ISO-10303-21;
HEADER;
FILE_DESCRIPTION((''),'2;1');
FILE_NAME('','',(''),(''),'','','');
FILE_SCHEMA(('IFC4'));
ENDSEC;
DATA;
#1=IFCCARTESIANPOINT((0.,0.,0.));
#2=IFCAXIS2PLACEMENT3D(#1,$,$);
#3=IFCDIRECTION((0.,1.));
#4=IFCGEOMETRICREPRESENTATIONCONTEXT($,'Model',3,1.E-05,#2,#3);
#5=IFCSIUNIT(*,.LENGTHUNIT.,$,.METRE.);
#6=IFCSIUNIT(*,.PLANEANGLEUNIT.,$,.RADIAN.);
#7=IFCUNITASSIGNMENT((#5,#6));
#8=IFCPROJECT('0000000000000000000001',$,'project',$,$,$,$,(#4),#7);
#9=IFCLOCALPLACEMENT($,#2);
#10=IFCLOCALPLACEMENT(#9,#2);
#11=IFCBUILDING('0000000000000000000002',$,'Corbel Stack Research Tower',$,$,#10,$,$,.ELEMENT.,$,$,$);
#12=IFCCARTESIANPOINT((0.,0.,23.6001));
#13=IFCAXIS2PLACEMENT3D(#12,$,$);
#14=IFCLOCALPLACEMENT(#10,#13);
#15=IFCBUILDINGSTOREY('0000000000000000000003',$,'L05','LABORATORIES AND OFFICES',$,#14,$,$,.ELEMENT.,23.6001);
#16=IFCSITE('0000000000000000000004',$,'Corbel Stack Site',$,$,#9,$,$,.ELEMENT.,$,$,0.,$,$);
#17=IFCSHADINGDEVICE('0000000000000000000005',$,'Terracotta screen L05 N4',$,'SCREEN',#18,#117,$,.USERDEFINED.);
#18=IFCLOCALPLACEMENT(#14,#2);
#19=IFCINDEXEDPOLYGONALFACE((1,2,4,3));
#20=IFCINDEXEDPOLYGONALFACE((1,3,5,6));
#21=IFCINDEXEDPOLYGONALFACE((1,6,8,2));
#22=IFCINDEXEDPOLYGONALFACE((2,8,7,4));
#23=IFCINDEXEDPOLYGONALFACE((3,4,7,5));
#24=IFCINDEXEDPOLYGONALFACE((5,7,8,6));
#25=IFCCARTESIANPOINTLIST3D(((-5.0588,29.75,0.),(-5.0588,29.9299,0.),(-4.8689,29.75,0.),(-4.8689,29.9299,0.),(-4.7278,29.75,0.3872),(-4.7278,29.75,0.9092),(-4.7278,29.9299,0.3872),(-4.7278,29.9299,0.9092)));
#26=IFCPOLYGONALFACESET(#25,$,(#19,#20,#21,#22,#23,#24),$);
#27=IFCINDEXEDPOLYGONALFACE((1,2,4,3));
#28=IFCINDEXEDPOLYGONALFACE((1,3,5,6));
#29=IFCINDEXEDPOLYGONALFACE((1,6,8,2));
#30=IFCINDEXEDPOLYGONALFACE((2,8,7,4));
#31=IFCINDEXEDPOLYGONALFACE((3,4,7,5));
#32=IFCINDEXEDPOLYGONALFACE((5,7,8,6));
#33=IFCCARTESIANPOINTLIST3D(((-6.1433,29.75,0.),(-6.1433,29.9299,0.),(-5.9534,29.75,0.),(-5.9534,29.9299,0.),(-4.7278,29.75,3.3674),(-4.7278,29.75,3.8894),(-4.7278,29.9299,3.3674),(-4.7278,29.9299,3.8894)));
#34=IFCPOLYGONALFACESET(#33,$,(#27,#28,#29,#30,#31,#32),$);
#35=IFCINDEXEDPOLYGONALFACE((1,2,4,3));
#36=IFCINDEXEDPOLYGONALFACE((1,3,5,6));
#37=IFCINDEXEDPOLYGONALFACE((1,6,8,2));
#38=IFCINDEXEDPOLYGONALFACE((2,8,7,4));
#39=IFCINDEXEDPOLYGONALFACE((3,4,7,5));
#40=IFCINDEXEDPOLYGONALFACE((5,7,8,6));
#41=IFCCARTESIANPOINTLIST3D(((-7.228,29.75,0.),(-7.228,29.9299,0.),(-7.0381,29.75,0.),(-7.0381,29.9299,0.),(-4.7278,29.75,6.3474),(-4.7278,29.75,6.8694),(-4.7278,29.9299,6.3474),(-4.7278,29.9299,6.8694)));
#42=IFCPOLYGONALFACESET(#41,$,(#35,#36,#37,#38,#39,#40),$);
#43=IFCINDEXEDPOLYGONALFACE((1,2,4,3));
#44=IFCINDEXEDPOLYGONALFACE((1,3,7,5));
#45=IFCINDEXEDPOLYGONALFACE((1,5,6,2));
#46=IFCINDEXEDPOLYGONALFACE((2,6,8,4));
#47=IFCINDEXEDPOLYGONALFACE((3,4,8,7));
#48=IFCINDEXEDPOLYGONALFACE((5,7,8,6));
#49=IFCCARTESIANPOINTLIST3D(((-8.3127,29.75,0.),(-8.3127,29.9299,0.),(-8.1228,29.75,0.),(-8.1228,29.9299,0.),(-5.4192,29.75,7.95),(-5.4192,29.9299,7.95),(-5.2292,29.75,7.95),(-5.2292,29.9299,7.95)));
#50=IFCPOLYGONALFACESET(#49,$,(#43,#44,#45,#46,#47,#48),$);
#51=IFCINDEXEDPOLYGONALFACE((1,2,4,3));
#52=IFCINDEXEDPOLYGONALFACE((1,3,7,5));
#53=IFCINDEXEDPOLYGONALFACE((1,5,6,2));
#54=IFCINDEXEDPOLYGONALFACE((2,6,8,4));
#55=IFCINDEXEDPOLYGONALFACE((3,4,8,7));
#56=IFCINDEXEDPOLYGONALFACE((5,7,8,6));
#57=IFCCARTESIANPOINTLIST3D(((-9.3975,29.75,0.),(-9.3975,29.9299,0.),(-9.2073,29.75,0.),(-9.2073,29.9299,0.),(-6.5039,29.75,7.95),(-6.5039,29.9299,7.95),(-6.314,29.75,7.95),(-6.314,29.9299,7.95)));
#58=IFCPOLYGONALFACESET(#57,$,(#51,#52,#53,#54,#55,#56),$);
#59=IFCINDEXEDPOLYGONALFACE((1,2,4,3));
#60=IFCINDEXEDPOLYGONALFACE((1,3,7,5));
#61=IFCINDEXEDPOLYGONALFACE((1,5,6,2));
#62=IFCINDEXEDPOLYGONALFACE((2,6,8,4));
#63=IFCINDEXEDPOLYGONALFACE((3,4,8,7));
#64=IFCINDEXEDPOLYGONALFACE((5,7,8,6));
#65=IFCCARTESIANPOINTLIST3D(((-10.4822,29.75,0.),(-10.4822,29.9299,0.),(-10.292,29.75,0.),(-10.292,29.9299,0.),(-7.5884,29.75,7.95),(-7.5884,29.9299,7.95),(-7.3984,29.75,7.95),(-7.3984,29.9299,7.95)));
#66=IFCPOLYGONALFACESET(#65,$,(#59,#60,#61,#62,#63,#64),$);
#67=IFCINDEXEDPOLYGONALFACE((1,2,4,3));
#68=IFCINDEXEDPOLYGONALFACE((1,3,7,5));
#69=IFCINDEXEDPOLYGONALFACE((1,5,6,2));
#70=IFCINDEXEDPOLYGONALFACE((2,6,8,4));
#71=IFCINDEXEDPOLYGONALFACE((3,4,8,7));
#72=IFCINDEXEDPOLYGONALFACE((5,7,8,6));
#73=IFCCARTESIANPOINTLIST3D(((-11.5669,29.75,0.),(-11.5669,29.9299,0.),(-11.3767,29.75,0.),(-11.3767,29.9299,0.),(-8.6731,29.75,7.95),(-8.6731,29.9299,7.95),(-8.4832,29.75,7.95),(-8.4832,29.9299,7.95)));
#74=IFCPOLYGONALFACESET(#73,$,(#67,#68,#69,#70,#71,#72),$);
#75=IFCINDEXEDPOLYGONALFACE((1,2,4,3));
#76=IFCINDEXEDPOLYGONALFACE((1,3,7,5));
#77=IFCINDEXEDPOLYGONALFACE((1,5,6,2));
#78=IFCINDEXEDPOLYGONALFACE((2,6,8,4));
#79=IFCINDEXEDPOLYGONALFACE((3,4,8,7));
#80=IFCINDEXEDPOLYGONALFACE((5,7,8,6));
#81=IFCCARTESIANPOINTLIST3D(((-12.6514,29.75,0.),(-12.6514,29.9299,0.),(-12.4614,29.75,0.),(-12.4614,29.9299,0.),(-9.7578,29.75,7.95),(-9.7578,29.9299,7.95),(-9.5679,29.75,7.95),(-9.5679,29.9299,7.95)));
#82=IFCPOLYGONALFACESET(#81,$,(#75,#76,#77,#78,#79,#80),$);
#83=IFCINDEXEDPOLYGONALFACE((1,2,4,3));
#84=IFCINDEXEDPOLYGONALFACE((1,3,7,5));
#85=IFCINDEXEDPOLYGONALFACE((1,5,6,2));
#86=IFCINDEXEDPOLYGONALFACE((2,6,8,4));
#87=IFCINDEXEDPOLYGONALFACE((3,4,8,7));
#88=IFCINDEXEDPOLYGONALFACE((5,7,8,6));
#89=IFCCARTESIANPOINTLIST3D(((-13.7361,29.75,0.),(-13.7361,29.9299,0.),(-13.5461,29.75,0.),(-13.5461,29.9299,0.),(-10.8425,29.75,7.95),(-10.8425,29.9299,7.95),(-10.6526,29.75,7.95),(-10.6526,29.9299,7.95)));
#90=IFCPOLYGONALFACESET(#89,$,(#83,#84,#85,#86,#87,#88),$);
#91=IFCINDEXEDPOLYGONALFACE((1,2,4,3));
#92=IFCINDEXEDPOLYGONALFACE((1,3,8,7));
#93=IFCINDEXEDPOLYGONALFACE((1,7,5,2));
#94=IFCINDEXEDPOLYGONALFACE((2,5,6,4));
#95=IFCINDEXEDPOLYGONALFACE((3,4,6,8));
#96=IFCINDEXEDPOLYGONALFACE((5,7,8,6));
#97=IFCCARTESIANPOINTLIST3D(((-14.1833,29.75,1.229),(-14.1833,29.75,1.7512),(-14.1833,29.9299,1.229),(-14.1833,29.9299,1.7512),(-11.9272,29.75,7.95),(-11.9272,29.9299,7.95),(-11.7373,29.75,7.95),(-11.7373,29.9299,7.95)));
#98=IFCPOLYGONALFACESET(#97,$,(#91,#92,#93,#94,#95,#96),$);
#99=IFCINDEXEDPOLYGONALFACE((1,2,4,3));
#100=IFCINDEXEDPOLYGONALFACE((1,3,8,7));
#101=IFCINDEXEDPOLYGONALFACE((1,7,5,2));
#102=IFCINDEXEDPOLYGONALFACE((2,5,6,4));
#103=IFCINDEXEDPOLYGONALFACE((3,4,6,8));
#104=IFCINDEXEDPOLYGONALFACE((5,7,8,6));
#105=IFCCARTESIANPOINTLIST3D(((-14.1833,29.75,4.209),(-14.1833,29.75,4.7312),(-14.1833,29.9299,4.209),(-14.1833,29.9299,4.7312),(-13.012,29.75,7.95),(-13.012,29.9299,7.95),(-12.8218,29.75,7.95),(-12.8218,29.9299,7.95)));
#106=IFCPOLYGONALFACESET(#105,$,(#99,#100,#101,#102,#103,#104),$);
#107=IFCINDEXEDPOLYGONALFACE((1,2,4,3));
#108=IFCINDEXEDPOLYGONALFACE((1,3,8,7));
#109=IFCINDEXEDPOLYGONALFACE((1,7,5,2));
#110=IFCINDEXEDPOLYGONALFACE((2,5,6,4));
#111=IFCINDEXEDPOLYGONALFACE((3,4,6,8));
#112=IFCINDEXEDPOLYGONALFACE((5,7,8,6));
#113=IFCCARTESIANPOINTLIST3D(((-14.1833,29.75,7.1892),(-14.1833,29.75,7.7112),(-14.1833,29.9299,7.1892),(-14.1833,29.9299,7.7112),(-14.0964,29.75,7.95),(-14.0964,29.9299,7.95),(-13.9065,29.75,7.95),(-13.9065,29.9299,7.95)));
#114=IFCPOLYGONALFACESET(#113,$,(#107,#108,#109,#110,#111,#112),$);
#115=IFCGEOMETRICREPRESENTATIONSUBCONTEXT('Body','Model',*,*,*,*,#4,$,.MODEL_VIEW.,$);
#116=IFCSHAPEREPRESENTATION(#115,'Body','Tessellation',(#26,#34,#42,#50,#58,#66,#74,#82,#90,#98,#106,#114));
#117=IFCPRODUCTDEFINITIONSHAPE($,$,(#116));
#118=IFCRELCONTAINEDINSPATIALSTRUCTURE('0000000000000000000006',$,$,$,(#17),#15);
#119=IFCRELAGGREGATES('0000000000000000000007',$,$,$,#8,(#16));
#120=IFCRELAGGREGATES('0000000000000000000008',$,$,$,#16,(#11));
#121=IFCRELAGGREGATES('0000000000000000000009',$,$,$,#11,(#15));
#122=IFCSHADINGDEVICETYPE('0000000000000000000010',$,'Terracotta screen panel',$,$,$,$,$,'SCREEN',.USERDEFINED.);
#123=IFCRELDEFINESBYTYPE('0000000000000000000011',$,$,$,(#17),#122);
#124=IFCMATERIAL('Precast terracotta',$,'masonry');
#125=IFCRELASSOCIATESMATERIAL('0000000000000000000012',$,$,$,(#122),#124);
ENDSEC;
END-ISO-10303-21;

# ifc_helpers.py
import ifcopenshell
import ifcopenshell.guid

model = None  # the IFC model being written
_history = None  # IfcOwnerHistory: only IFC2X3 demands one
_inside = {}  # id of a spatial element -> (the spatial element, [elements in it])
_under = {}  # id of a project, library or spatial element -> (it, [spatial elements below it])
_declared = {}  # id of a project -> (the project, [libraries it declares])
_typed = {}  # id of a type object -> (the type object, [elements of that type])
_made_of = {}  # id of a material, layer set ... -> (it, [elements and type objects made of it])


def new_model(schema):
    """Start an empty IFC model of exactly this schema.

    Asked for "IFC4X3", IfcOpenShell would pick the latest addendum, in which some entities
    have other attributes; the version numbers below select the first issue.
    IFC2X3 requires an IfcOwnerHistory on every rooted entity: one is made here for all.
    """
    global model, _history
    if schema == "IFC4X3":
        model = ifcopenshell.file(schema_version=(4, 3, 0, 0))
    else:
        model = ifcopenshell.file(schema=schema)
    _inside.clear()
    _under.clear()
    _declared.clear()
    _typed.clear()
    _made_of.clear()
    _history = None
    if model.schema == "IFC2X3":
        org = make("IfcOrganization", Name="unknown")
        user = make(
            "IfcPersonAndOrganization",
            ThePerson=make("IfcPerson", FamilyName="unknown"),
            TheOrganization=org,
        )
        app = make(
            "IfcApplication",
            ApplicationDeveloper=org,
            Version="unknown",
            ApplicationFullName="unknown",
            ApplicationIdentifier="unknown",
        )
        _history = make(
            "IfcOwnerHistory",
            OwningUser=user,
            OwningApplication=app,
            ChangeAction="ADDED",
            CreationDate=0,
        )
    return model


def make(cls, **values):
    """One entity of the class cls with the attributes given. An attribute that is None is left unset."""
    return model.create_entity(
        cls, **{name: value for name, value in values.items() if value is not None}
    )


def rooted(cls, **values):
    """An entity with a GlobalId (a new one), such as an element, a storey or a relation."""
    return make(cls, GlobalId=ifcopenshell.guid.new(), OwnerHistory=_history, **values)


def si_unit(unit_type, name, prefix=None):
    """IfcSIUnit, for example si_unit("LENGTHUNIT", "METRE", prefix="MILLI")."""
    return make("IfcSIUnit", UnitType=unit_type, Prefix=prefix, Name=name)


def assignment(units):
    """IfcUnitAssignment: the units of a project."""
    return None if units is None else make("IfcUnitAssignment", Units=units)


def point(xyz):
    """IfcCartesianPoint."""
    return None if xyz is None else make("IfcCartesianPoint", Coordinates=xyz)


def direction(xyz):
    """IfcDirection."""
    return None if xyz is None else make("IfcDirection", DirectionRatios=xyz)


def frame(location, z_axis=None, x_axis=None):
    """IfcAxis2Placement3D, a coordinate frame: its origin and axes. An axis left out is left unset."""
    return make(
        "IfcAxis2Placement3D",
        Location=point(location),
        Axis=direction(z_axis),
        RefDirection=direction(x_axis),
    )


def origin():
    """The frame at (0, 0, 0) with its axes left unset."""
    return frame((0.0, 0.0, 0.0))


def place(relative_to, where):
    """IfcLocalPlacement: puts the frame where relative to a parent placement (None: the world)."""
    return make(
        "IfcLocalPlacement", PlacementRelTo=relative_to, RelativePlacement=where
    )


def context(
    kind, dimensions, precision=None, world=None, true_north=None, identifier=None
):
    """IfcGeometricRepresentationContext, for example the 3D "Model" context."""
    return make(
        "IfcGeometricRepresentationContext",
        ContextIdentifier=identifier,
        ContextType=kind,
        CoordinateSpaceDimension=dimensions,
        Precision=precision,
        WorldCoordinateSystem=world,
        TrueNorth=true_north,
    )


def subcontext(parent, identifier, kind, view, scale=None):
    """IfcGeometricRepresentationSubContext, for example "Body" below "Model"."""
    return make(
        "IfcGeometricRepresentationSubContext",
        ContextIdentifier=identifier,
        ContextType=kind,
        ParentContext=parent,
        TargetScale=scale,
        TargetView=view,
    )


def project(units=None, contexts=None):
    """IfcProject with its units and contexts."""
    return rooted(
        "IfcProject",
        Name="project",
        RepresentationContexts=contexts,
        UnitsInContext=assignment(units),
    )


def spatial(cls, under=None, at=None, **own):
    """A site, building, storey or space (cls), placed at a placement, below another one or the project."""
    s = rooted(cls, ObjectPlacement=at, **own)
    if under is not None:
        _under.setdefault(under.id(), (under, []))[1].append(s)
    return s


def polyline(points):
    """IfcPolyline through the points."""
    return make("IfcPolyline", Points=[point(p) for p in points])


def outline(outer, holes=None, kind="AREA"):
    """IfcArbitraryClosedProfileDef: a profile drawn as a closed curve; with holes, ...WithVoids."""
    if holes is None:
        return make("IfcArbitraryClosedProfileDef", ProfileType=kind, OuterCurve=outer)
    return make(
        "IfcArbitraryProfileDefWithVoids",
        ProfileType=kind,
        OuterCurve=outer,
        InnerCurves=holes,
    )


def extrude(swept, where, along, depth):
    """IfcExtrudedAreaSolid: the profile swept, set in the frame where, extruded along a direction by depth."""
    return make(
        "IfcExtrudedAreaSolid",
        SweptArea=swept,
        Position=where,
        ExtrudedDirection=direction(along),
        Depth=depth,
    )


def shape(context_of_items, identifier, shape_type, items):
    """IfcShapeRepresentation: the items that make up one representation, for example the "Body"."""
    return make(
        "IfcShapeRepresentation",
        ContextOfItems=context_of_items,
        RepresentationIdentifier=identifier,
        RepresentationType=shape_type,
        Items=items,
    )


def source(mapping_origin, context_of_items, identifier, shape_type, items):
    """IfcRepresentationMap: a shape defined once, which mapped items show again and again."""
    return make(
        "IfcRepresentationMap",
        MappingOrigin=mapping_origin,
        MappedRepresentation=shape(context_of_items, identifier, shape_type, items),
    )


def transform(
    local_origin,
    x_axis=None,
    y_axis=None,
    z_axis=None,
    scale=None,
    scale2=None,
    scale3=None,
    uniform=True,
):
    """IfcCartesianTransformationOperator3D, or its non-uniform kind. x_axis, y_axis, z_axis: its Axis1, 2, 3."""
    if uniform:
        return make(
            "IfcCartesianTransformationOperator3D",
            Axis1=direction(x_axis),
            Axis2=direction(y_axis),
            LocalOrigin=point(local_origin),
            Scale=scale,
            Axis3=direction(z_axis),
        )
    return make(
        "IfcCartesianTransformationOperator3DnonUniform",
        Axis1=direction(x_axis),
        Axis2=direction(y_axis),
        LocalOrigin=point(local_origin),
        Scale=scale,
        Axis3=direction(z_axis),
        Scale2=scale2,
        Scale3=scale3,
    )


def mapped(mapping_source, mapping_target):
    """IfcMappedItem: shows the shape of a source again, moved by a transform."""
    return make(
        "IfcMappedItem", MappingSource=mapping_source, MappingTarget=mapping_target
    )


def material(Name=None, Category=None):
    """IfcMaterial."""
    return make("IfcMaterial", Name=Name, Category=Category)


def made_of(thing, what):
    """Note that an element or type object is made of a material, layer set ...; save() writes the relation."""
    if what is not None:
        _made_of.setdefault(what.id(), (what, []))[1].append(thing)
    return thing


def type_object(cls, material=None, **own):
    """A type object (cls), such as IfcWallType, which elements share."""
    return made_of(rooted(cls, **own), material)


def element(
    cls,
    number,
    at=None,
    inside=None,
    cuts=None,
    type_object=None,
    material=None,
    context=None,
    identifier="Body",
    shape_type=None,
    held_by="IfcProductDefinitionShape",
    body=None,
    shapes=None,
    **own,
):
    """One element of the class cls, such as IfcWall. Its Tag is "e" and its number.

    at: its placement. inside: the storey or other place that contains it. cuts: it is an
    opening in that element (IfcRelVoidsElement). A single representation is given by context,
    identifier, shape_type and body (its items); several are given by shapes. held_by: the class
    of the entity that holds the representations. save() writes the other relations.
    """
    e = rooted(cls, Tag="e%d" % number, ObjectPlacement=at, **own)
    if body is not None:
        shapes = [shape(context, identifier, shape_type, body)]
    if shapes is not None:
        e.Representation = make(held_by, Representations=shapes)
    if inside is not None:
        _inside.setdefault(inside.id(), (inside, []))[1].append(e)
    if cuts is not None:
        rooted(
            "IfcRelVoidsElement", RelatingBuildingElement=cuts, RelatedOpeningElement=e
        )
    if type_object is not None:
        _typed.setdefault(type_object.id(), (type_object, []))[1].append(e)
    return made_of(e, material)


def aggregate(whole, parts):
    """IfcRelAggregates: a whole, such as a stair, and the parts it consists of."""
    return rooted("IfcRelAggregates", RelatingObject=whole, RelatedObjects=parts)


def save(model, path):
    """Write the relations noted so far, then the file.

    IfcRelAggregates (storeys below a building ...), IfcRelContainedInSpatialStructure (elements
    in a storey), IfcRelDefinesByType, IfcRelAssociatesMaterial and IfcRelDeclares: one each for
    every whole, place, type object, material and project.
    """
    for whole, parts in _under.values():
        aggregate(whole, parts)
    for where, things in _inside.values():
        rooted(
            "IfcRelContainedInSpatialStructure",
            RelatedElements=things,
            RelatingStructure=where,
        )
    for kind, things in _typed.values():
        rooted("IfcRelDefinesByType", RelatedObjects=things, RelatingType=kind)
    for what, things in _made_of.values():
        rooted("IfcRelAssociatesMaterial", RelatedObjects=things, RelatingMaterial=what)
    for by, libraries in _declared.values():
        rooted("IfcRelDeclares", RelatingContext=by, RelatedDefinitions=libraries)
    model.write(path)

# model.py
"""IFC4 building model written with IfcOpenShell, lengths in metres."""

from ifc_helpers import new_model, si_unit, direction, frame, origin, place, context, subcontext, project, spatial, polyline, outline, extrude, source, transform, mapped, material, type_object, element, save


model = new_model("IFC4")

# Units and contexts
model_context = context("Model", 3, precision=1e-05, world=origin(), true_north=direction((0.0, 1.0)))
body_context = subcontext(model_context, "Body", "Model", "MODEL_VIEW")
ifc_project = project(units=[si_unit("LENGTHUNIT", "METRE"), si_unit("PLANEANGLEUNIT", "RADIAN")], contexts=[model_context])

# Site, building, storey
site_placement = place(None, origin())
site = spatial("IfcSite", under=ifc_project, at=site_placement, Name="Corbel Stack Site", CompositionType="ELEMENT", RefElevation=0.0)
building_placement = place(site_placement, origin())
building = spatial("IfcBuilding", under=site, at=building_placement, Name="Corbel Stack Research Tower", CompositionType="ELEMENT")
storey_placement = place(building_placement, frame((0.0, 0.0, 23.6001)))
storey = spatial("IfcBuildingStorey", under=building, at=storey_placement, Name="L05", Description="LABORATORIES AND OFFICES", CompositionType="ELEMENT", Elevation=23.6001)

# Shading device
ifc_material_1 = material(Name="Precast terracotta", Category="masonry")
shading_device_type = type_object("IfcShadingDeviceType", Name="Terracotta screen panel", ElementType="SCREEN", PredefinedType="USERDEFINED", material=ifc_material_1)
shared_shape = source(origin(), body_context, "Body", "SweptSolid", [
    extrude(outline(polyline([(0.3311, 0.0), (0.0, 0.9092), (0.0, 0.3872), (0.1411, 0.0), (0.3311, 0.0)])), frame((0.0, 0.0, 0.0), z_axis=(0.0, -1.0, 0.0), x_axis=(1.0, 0.0, 0.0)), (0.0, 0.0, 1.0), 0.1799),
    extrude(outline(polyline([(1.4155, 0.0), (0.0, 3.8894), (0.0, 3.3674), (1.2256, 0.0), (1.4155, 0.0)])), frame((0.0, 0.0, 0.0), z_axis=(0.0, -1.0, 0.0), x_axis=(1.0, 0.0, 0.0)), (0.0, 0.0, 1.0), 0.1799),
    extrude(outline(polyline([(2.5002, 0.0), (0.0, 6.8694), (0.0, 6.3474), (2.3103, 0.0), (2.5002, 0.0)])), frame((0.0, 0.0, 0.0), z_axis=(0.0, -1.0, 0.0), x_axis=(1.0, 0.0, 0.0)), (0.0, 0.0, 1.0), 0.1799),
    extrude(outline(polyline([(3.585, 0.0), (0.6914, 7.95), (0.5015, 7.95), (3.395, 0.0), (3.585, 0.0)])), frame((0.0, 0.0, 0.0), z_axis=(0.0, -1.0, 0.0), x_axis=(1.0, 0.0, 0.0)), (0.0, 0.0, 1.0), 0.1799),
    extrude(outline(polyline([(4.6697, 0.0), (1.7761, 7.95), (1.5862, 7.95), (4.4795, 0.0), (4.6697, 0.0)])), frame((0.0, 0.0, 0.0), z_axis=(0.0, -1.0, 0.0), x_axis=(1.0, 0.0, 0.0)), (0.0, 0.0, 1.0), 0.1799),
    extrude(outline(polyline([(5.7544, 0.0), (2.8606, 7.95), (2.6707, 7.95), (5.5642, 0.0), (5.7544, 0.0)])), frame((0.0, 0.0, 0.0), z_axis=(0.0, -1.0, 0.0), x_axis=(1.0, 0.0, 0.0)), (0.0, 0.0, 1.0), 0.1799),
    extrude(outline(polyline([(6.8391, 0.0), (3.9453, 7.95), (3.7554, 7.95), (6.6489, 0.0), (6.8391, 0.0)])), frame((0.0, 0.0, 0.0), z_axis=(0.0, -1.0, 0.0), x_axis=(1.0, 0.0, 0.0)), (0.0, 0.0, 1.0), 0.1799),
    extrude(outline(polyline([(7.9236, 0.0), (5.03, 7.95), (4.8401, 7.95), (7.7336, 0.0), (7.9236, 0.0)])), frame((0.0, 0.0, 0.0), z_axis=(0.0, -1.0, 0.0), x_axis=(1.0, 0.0, 0.0)), (0.0, 0.0, 1.0), 0.1799),
    extrude(outline(polyline([(9.0083, 0.0), (6.1147, 7.95), (5.9248, 7.95), (8.8184, 0.0), (9.0083, 0.0)])), frame((0.0, 0.0, 0.0), z_axis=(0.0, -1.0, 0.0), x_axis=(1.0, 0.0, 0.0)), (0.0, 0.0, 1.0), 0.1799),
    extrude(outline(polyline([(7.1995, 7.95), (7.0095, 7.95), (9.4556, 1.229), (9.4556, 1.7512), (7.1995, 7.95)])), frame((0.0, 0.0, 0.0), z_axis=(0.0, -1.0, 0.0), x_axis=(1.0, 0.0, 0.0)), (0.0, 0.0, 1.0), 0.1799),
    extrude(outline(polyline([(8.2842, 7.95), (8.094, 7.95), (9.4556, 4.209), (9.4556, 4.7312), (8.2842, 7.95)])), frame((0.0, 0.0, 0.0), z_axis=(0.0, -1.0, 0.0), x_axis=(1.0, 0.0, 0.0)), (0.0, 0.0, 1.0), 0.1799),
    extrude(outline(polyline([(9.3687, 7.95), (9.1787, 7.95), (9.4556, 7.1892), (9.4556, 7.7112), (9.3687, 7.95)])), frame((0.0, 0.0, 0.0), z_axis=(0.0, -1.0, 0.0), x_axis=(1.0, 0.0, 0.0)), (0.0, 0.0, 1.0), 0.1799),
])
shading_device_placement = place(storey_placement, frame((-4.7278, 29.75, 0.0), z_axis=(0.0, 0.0, 1.0), x_axis=(-1.0, 0.0, 0.0)))
element("IfcShadingDevice", 1, at=shading_device_placement, inside=storey, type_object=shading_device_type, Name="Terracotta screen L05 N4", ObjectType="SCREEN", PredefinedType="USERDEFINED", context=body_context, shape_type="MappedRepresentation", body=[
    mapped(shared_shape, transform((0.0, 0.0, 0.0))),
])

save(model, "model.ifc")
